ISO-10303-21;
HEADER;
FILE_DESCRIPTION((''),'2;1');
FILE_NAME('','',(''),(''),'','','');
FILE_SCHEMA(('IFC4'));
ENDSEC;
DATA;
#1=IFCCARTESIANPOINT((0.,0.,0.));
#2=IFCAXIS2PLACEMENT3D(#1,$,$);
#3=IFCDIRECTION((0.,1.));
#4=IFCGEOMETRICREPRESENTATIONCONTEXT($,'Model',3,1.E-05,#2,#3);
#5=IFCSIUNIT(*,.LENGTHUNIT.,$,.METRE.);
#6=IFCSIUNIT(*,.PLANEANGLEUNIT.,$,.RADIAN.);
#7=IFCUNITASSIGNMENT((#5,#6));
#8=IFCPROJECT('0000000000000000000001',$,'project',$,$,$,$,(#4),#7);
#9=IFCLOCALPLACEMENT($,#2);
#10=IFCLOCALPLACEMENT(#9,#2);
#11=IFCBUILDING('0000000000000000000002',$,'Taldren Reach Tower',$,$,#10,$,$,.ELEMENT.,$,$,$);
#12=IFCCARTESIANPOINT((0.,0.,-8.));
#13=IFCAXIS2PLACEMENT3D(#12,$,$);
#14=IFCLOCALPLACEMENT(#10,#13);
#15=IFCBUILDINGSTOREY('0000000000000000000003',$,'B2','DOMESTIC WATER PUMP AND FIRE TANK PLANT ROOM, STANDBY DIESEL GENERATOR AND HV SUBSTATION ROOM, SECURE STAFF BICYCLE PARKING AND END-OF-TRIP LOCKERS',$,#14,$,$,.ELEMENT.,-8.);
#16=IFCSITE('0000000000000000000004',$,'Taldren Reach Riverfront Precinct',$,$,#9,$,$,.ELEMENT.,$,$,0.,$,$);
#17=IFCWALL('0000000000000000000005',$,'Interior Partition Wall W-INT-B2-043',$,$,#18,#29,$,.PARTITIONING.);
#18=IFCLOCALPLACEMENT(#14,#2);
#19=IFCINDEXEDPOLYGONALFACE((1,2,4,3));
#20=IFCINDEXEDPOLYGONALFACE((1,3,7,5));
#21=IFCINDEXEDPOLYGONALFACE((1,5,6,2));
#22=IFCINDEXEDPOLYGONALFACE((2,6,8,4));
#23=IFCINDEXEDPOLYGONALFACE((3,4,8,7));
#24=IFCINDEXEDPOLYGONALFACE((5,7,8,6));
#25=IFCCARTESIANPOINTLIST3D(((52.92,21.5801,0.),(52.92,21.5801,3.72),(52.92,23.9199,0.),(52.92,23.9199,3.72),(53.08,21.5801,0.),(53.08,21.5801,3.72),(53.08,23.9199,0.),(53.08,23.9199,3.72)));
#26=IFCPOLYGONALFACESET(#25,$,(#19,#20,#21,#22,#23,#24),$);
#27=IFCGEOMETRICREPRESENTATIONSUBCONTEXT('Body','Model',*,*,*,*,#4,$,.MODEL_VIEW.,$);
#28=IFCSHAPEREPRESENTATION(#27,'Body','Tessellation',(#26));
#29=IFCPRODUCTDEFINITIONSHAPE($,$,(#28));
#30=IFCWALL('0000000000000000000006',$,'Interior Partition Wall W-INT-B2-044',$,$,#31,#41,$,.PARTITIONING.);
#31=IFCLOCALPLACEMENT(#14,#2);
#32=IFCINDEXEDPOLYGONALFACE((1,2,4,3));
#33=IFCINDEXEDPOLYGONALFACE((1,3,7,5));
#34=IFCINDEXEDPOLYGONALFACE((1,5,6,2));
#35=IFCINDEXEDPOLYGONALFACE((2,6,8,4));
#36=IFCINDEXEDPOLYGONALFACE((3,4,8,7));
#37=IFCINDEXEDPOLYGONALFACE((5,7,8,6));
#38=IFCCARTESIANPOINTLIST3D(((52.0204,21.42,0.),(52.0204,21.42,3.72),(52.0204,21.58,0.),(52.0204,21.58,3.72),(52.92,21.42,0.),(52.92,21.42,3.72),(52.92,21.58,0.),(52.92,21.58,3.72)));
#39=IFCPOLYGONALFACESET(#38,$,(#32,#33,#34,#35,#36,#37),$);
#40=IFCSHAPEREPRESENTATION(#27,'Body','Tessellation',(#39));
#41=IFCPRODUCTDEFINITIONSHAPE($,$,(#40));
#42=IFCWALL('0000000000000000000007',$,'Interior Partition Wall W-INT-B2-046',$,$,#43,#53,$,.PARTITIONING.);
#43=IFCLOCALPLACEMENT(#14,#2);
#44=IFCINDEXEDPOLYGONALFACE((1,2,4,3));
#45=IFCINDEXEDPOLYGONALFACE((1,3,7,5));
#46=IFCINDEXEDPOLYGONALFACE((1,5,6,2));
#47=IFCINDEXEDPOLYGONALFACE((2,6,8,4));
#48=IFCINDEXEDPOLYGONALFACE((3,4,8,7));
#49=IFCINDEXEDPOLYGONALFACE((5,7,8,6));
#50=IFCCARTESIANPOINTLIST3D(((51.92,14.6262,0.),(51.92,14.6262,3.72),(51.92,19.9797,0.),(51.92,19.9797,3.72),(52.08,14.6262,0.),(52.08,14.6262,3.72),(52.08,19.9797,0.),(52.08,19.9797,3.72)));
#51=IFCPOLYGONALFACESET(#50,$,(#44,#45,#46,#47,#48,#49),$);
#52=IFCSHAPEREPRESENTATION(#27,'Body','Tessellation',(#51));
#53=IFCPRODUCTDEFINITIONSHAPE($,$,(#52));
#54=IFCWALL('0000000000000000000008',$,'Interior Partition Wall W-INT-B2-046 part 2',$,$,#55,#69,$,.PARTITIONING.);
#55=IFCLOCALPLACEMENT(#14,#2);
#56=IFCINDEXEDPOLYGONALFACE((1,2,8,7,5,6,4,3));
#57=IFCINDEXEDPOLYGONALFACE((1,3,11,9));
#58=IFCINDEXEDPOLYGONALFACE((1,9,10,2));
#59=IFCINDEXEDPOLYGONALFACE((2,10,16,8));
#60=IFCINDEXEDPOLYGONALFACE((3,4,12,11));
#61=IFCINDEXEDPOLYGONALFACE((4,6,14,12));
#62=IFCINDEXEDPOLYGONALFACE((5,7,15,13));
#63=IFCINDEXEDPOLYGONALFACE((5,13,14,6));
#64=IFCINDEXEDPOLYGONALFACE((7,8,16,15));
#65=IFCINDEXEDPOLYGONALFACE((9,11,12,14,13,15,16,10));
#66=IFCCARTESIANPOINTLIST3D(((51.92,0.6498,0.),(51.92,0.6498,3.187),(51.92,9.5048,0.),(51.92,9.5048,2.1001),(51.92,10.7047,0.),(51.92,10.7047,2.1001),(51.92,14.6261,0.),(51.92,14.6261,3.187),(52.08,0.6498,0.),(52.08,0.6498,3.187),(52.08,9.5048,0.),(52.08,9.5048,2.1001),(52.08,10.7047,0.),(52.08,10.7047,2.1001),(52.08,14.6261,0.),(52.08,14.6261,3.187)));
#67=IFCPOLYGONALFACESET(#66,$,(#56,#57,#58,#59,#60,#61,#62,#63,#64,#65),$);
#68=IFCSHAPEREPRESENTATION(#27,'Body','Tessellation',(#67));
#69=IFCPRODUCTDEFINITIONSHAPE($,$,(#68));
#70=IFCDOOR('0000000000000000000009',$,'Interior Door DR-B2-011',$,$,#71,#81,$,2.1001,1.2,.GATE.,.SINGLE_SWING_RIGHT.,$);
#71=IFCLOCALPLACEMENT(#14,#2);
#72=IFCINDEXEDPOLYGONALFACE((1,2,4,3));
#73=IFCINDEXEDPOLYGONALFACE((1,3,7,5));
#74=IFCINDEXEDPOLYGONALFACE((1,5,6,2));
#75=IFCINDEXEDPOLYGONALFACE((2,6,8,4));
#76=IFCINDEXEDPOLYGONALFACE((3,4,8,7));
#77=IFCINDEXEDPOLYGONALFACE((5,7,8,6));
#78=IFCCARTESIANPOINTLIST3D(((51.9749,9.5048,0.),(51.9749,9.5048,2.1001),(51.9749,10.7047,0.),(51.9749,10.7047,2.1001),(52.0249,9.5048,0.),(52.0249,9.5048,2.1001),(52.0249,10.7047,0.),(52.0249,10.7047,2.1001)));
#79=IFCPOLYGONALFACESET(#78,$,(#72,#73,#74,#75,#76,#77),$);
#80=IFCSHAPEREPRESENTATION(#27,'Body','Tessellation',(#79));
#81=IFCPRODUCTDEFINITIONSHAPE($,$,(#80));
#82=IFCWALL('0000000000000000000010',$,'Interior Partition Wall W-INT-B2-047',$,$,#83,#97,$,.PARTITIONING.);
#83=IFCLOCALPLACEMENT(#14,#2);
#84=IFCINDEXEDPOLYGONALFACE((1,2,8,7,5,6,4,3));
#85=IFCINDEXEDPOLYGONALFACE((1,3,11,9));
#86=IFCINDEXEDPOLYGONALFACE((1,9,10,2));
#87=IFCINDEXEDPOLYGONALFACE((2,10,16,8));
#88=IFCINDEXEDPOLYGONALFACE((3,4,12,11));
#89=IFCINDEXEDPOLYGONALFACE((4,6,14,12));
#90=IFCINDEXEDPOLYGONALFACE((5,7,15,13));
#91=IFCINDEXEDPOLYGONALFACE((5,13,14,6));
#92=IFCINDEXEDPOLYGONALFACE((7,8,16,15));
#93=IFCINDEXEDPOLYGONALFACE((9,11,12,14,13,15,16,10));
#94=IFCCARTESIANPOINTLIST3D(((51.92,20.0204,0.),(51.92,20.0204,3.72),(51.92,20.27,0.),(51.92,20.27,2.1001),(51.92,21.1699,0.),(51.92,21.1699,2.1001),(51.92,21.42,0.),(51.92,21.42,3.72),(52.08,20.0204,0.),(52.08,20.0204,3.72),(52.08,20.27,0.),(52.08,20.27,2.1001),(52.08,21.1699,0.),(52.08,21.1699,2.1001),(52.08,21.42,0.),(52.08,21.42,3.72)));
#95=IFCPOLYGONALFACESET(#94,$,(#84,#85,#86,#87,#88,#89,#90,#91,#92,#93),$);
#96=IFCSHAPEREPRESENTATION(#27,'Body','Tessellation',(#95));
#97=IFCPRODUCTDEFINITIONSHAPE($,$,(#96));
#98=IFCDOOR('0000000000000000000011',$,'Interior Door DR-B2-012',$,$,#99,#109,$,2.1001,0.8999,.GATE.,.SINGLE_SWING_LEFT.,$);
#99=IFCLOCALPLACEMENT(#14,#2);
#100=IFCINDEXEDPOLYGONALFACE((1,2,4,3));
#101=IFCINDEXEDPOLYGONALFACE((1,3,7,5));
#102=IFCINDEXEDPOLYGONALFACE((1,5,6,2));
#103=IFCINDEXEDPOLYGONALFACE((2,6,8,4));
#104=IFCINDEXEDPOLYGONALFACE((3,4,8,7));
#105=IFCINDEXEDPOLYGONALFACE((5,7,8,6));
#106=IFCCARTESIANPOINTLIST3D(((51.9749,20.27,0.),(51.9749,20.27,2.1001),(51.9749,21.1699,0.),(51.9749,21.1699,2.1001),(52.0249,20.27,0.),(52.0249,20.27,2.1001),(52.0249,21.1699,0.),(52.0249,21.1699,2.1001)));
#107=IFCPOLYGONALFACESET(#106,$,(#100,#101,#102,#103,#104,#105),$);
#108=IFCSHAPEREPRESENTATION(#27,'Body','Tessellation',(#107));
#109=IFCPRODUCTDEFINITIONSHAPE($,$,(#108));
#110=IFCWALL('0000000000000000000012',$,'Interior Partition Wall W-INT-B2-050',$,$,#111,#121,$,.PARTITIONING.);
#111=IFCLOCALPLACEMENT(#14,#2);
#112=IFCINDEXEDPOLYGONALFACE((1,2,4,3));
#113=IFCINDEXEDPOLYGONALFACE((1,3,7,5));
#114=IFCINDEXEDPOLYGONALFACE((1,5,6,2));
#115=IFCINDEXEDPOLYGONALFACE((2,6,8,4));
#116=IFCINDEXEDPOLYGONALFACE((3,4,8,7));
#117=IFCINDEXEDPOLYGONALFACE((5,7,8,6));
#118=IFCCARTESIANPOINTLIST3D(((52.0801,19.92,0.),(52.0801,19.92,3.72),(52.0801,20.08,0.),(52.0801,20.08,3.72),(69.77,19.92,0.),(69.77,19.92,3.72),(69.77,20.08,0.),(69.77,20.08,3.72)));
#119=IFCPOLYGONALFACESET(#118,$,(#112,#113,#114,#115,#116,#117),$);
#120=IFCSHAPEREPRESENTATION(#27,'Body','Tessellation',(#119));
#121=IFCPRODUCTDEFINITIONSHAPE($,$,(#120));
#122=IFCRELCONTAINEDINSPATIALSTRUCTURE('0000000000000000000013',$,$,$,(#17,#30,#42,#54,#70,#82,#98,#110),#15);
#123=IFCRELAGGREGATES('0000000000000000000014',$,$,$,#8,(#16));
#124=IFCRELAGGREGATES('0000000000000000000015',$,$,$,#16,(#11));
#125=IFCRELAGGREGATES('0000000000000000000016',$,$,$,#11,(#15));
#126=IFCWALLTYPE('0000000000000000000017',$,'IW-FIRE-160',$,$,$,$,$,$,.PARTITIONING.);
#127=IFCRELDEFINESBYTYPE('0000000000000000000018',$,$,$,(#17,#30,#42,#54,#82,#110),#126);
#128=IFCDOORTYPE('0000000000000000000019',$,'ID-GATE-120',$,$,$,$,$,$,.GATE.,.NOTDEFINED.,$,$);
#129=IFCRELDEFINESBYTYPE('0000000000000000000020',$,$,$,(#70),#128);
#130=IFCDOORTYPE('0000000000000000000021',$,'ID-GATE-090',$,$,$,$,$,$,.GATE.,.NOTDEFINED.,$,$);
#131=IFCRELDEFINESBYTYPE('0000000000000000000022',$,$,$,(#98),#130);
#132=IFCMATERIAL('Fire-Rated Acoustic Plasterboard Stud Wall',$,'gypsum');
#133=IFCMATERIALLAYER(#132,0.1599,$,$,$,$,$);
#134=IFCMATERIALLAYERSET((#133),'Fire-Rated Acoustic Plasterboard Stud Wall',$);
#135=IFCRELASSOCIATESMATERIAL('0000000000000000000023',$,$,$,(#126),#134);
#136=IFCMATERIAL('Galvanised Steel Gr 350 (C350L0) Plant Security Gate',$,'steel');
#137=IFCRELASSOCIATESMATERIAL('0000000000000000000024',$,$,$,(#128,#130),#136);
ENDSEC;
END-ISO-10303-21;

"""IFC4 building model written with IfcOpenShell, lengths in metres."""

from ifc_helpers import new_model, si_unit, direction, frame, frame_2d, origin, place, context, subcontext, project, spatial, rectangle, extrude, source, transform, mapped, material, layer, layer_set, type_object, element, fill, save


model = new_model("IFC4")

# Units and contexts
model_context = context("Model", 3, precision=1e-05, world=origin(), true_north=direction((0.0, 1.0)))
body_context = subcontext(model_context, "Body", "Model", "MODEL_VIEW")
ifc_project = project(units=[si_unit("LENGTHUNIT", "METRE"), si_unit("PLANEANGLEUNIT", "RADIAN")], contexts=[model_context])

# Site, building, storey
site_placement = place(None, origin())
site = spatial("IfcSite", under=ifc_project, at=site_placement, Name="Taldren Reach Riverfront Precinct", CompositionType="ELEMENT", RefElevation=0.0)
building_placement = place(site_placement, origin())
building = spatial("IfcBuilding", under=site, at=building_placement, Name="Taldren Reach Tower", CompositionType="ELEMENT")
storey_placement = place(building_placement, frame((0.0, 0.0, -8.0)))
storey = spatial("IfcBuildingStorey", under=building, at=storey_placement, Name="B2", Description="DOMESTIC WATER PUMP AND FIRE TANK PLANT ROOM, STANDBY DIESEL GENERATOR AND HV SUBSTATION ROOM, SECURE STAFF BICYCLE PARKING AND END-OF-TRIP LOCKERS", CompositionType="ELEMENT", Elevation=-8.0)

# Walls
ifc_material_1 = material(Name="Fire-Rated Acoustic Plasterboard Stud Wall", Category="gypsum")
ifc_layer = layer(ifc_material_1, 0.1599)
ifc_layer_set = layer_set([ifc_layer], Name="Fire-Rated Acoustic Plasterboard Stud Wall")
wall_type = type_object("IfcWallType", Name="IW-FIRE-160", PredefinedType="PARTITIONING", material=ifc_layer_set)
shared_shape_1 = source(origin(), body_context, "Body", "SweptSolid", [
    extrude(rectangle(XDim=2.3398, YDim=0.1599, at=frame_2d((1.1699, 0.0))), origin(), (0.0, 0.0, 1.0), 3.72),
])
wall_1_placement = place(storey_placement, frame((53.0, 23.9199, 0.0), z_axis=(0.0, 0.0, 1.0), x_axis=(0.0, -1.0, 0.0)))
element("IfcWall", 1, at=wall_1_placement, inside=storey, type_object=wall_type, Name="Interior Partition Wall W-INT-B2-043", PredefinedType="PARTITIONING", context=body_context, shape_type="MappedRepresentation", body=[
    mapped(shared_shape_1, transform((0.0, 0.0, 0.0), scale=1.0)),
])
shared_shape_2 = source(origin(), body_context, "Body", "SweptSolid", [
    extrude(rectangle(XDim=0.8997, YDim=0.1599, at=frame_2d((0.4497, 0.0))), origin(), (0.0, 0.0, 1.0), 3.72),
])
wall_2_placement = place(storey_placement, frame((52.9199, 21.5, 0.0), z_axis=(0.0, 0.0, 1.0), x_axis=(-1.0, 0.0, 0.0)))
element("IfcWall", 2, at=wall_2_placement, inside=storey, type_object=wall_type, Name="Interior Partition Wall W-INT-B2-044", PredefinedType="PARTITIONING", context=body_context, shape_type="MappedRepresentation", body=[
    mapped(shared_shape_2, transform((0.0, 0.0, 0.0), scale=1.0)),
])
shared_shape_3 = source(origin(), body_context, "Body", "SweptSolid", [
    extrude(rectangle(XDim=5.3535, YDim=0.1599, at=frame_2d((2.6768, 0.0))), origin(), (0.0, 0.0, 1.0), 3.72),
])
wall_3_placement = place(storey_placement, frame((52.0, 19.9797, 0.0), z_axis=(0.0, 0.0, 1.0), x_axis=(0.0, -1.0, 0.0)))
element("IfcWall", 3, at=wall_3_placement, inside=storey, type_object=wall_type, Name="Interior Partition Wall W-INT-B2-046", PredefinedType="PARTITIONING", context=body_context, shape_type="MappedRepresentation", body=[
    mapped(shared_shape_3, transform((0.0, 0.0, 0.0), scale=1.0)),
])

# Walls, openings, doors
shared_shape_4 = source(origin(), body_context, "Body", "SweptSolid", [
    extrude(rectangle(XDim=13.9763, YDim=0.1599, at=frame_2d((6.9883, 0.0))), origin(), (0.0, 0.0, 1.0), 3.187),
])
wall_4_placement = place(storey_placement, frame((52.0, 14.6262, 0.0), z_axis=(0.0, 0.0, 1.0), x_axis=(0.0, -1.0, 0.0)))
wall_4 = element("IfcWall", 4, at=wall_4_placement, inside=storey, type_object=wall_type, Name="Interior Partition Wall W-INT-B2-046 part 2", PredefinedType="PARTITIONING", context=body_context, shape_type="MappedRepresentation", body=[
    mapped(shared_shape_4, transform((0.0, 0.0, 0.0), scale=1.0)),
])
shared_shape_5 = source(origin(), body_context, "Body", "SweptSolid", [
    extrude(rectangle(XDim=1.2, YDim=2.1001, at=frame_2d((0.6001, 1.05))), frame((0.0, 0.0898, 0.0), z_axis=(0.0, -1.0, 0.0), x_axis=(1.0, 0.0, 0.0)), (0.0, 0.0, 1.0), 0.1799),
])
opening_1_placement = place(wall_4_placement, frame((3.9214, 0.0, 0.0)))
opening_1 = element("IfcOpeningElement", 5, at=opening_1_placement, cuts=wall_4, PredefinedType="OPENING", context=body_context, shape_type="MappedRepresentation", body=[
    mapped(shared_shape_5, transform((0.0, 0.0, 0.0), scale=1.0)),
])
ifc_material_2 = material(Name="Galvanised Steel Gr 350 (C350L0) Plant Security Gate", Category="steel")
door_type_1 = type_object("IfcDoorType", Name="ID-GATE-120", OperationType="NOTDEFINED", PredefinedType="GATE", material=ifc_material_2)
shared_shape_6 = source(origin(), body_context, "Body", "SweptSolid", [
    extrude(rectangle(XDim=1.2, YDim=2.1001, at=frame_2d((0.6001, 1.05))), frame((0.0, 0.0249, 0.0), z_axis=(0.0, -1.0, 0.0), x_axis=(1.0, 0.0, 0.0)), (0.0, 0.0, 1.0), 0.05),
])
door_1_placement = place(opening_1_placement, origin())
door_1 = element("IfcDoor", 6, at=door_1_placement, inside=storey, type_object=door_type_1, Name="Interior Door DR-B2-011", OperationType="SINGLE_SWING_RIGHT", OverallHeight=2.1001, OverallWidth=1.2, PredefinedType="GATE", context=body_context, shape_type="MappedRepresentation", body=[
    mapped(shared_shape_6, transform((0.0, 0.0, 0.0), scale=1.0)),
])
fill(opening_1, door_1)
shared_shape_7 = source(origin(), body_context, "Body", "SweptSolid", [
    extrude(rectangle(XDim=1.3997, YDim=0.1599, at=frame_2d((0.6997, 0.0))), origin(), (0.0, 0.0, 1.0), 3.72),
])
wall_5_placement = place(storey_placement, frame((52.0, 21.4199, 0.0), z_axis=(0.0, 0.0, 1.0), x_axis=(0.0, -1.0, 0.0)))
wall_5 = element("IfcWall", 7, at=wall_5_placement, inside=storey, type_object=wall_type, Name="Interior Partition Wall W-INT-B2-047", PredefinedType="PARTITIONING", context=body_context, shape_type="MappedRepresentation", body=[
    mapped(shared_shape_7, transform((0.0, 0.0, 0.0), scale=1.0)),
])
shared_shape_8 = source(origin(), body_context, "Body", "SweptSolid", [
    extrude(rectangle(XDim=0.8999, YDim=2.1001, at=frame_2d((0.45, 1.05))), frame((0.0, 0.0898, 0.0), z_axis=(0.0, -1.0, 0.0), x_axis=(1.0, 0.0, 0.0)), (0.0, 0.0, 1.0), 0.1799),
])
opening_2_placement = place(wall_5_placement, frame((0.25, 0.0, 0.0)))
opening_2 = element("IfcOpeningElement", 8, at=opening_2_placement, cuts=wall_5, PredefinedType="OPENING", context=body_context, shape_type="MappedRepresentation", body=[
    mapped(shared_shape_8, transform((0.0, 0.0, 0.0), scale=1.0)),
])
door_type_2 = type_object("IfcDoorType", Name="ID-GATE-090", OperationType="NOTDEFINED", PredefinedType="GATE", material=ifc_material_2)
shared_shape_9 = source(origin(), body_context, "Body", "SweptSolid", [
    extrude(rectangle(XDim=0.8999, YDim=2.1001, at=frame_2d((0.45, 1.05))), frame((0.0, 0.0249, 0.0), z_axis=(0.0, -1.0, 0.0), x_axis=(1.0, 0.0, 0.0)), (0.0, 0.0, 1.0), 0.05),
])
door_2_placement = place(opening_2_placement, origin())
door_2 = element("IfcDoor", 9, at=door_2_placement, inside=storey, type_object=door_type_2, Name="Interior Door DR-B2-012", OperationType="SINGLE_SWING_LEFT", OverallHeight=2.1001, OverallWidth=0.8999, PredefinedType="GATE", context=body_context, shape_type="MappedRepresentation", body=[
    mapped(shared_shape_9, transform((0.0, 0.0, 0.0), scale=1.0)),
])
fill(opening_2, door_2)

# Wall
shared_shape_10 = source(origin(), body_context, "Body", "SweptSolid", [
    extrude(rectangle(XDim=17.6899, YDim=0.1599, at=frame_2d((8.845, 0.0))), origin(), (0.0, 0.0, 1.0), 3.72),
])
wall_6_placement = place(storey_placement, frame((52.0801, 20.0, 0.0), z_axis=(0.0, 0.0, 1.0), x_axis=(1.0, 0.0, 0.0)))
element("IfcWall", 10, at=wall_6_placement, inside=storey, type_object=wall_type, Name="Interior Partition Wall W-INT-B2-050", PredefinedType="PARTITIONING", context=body_context, shape_type="MappedRepresentation", body=[
    mapped(shared_shape_10, transform((0.0, 0.0, 0.0), scale=1.0)),
])

save(model, "model.ifc")
